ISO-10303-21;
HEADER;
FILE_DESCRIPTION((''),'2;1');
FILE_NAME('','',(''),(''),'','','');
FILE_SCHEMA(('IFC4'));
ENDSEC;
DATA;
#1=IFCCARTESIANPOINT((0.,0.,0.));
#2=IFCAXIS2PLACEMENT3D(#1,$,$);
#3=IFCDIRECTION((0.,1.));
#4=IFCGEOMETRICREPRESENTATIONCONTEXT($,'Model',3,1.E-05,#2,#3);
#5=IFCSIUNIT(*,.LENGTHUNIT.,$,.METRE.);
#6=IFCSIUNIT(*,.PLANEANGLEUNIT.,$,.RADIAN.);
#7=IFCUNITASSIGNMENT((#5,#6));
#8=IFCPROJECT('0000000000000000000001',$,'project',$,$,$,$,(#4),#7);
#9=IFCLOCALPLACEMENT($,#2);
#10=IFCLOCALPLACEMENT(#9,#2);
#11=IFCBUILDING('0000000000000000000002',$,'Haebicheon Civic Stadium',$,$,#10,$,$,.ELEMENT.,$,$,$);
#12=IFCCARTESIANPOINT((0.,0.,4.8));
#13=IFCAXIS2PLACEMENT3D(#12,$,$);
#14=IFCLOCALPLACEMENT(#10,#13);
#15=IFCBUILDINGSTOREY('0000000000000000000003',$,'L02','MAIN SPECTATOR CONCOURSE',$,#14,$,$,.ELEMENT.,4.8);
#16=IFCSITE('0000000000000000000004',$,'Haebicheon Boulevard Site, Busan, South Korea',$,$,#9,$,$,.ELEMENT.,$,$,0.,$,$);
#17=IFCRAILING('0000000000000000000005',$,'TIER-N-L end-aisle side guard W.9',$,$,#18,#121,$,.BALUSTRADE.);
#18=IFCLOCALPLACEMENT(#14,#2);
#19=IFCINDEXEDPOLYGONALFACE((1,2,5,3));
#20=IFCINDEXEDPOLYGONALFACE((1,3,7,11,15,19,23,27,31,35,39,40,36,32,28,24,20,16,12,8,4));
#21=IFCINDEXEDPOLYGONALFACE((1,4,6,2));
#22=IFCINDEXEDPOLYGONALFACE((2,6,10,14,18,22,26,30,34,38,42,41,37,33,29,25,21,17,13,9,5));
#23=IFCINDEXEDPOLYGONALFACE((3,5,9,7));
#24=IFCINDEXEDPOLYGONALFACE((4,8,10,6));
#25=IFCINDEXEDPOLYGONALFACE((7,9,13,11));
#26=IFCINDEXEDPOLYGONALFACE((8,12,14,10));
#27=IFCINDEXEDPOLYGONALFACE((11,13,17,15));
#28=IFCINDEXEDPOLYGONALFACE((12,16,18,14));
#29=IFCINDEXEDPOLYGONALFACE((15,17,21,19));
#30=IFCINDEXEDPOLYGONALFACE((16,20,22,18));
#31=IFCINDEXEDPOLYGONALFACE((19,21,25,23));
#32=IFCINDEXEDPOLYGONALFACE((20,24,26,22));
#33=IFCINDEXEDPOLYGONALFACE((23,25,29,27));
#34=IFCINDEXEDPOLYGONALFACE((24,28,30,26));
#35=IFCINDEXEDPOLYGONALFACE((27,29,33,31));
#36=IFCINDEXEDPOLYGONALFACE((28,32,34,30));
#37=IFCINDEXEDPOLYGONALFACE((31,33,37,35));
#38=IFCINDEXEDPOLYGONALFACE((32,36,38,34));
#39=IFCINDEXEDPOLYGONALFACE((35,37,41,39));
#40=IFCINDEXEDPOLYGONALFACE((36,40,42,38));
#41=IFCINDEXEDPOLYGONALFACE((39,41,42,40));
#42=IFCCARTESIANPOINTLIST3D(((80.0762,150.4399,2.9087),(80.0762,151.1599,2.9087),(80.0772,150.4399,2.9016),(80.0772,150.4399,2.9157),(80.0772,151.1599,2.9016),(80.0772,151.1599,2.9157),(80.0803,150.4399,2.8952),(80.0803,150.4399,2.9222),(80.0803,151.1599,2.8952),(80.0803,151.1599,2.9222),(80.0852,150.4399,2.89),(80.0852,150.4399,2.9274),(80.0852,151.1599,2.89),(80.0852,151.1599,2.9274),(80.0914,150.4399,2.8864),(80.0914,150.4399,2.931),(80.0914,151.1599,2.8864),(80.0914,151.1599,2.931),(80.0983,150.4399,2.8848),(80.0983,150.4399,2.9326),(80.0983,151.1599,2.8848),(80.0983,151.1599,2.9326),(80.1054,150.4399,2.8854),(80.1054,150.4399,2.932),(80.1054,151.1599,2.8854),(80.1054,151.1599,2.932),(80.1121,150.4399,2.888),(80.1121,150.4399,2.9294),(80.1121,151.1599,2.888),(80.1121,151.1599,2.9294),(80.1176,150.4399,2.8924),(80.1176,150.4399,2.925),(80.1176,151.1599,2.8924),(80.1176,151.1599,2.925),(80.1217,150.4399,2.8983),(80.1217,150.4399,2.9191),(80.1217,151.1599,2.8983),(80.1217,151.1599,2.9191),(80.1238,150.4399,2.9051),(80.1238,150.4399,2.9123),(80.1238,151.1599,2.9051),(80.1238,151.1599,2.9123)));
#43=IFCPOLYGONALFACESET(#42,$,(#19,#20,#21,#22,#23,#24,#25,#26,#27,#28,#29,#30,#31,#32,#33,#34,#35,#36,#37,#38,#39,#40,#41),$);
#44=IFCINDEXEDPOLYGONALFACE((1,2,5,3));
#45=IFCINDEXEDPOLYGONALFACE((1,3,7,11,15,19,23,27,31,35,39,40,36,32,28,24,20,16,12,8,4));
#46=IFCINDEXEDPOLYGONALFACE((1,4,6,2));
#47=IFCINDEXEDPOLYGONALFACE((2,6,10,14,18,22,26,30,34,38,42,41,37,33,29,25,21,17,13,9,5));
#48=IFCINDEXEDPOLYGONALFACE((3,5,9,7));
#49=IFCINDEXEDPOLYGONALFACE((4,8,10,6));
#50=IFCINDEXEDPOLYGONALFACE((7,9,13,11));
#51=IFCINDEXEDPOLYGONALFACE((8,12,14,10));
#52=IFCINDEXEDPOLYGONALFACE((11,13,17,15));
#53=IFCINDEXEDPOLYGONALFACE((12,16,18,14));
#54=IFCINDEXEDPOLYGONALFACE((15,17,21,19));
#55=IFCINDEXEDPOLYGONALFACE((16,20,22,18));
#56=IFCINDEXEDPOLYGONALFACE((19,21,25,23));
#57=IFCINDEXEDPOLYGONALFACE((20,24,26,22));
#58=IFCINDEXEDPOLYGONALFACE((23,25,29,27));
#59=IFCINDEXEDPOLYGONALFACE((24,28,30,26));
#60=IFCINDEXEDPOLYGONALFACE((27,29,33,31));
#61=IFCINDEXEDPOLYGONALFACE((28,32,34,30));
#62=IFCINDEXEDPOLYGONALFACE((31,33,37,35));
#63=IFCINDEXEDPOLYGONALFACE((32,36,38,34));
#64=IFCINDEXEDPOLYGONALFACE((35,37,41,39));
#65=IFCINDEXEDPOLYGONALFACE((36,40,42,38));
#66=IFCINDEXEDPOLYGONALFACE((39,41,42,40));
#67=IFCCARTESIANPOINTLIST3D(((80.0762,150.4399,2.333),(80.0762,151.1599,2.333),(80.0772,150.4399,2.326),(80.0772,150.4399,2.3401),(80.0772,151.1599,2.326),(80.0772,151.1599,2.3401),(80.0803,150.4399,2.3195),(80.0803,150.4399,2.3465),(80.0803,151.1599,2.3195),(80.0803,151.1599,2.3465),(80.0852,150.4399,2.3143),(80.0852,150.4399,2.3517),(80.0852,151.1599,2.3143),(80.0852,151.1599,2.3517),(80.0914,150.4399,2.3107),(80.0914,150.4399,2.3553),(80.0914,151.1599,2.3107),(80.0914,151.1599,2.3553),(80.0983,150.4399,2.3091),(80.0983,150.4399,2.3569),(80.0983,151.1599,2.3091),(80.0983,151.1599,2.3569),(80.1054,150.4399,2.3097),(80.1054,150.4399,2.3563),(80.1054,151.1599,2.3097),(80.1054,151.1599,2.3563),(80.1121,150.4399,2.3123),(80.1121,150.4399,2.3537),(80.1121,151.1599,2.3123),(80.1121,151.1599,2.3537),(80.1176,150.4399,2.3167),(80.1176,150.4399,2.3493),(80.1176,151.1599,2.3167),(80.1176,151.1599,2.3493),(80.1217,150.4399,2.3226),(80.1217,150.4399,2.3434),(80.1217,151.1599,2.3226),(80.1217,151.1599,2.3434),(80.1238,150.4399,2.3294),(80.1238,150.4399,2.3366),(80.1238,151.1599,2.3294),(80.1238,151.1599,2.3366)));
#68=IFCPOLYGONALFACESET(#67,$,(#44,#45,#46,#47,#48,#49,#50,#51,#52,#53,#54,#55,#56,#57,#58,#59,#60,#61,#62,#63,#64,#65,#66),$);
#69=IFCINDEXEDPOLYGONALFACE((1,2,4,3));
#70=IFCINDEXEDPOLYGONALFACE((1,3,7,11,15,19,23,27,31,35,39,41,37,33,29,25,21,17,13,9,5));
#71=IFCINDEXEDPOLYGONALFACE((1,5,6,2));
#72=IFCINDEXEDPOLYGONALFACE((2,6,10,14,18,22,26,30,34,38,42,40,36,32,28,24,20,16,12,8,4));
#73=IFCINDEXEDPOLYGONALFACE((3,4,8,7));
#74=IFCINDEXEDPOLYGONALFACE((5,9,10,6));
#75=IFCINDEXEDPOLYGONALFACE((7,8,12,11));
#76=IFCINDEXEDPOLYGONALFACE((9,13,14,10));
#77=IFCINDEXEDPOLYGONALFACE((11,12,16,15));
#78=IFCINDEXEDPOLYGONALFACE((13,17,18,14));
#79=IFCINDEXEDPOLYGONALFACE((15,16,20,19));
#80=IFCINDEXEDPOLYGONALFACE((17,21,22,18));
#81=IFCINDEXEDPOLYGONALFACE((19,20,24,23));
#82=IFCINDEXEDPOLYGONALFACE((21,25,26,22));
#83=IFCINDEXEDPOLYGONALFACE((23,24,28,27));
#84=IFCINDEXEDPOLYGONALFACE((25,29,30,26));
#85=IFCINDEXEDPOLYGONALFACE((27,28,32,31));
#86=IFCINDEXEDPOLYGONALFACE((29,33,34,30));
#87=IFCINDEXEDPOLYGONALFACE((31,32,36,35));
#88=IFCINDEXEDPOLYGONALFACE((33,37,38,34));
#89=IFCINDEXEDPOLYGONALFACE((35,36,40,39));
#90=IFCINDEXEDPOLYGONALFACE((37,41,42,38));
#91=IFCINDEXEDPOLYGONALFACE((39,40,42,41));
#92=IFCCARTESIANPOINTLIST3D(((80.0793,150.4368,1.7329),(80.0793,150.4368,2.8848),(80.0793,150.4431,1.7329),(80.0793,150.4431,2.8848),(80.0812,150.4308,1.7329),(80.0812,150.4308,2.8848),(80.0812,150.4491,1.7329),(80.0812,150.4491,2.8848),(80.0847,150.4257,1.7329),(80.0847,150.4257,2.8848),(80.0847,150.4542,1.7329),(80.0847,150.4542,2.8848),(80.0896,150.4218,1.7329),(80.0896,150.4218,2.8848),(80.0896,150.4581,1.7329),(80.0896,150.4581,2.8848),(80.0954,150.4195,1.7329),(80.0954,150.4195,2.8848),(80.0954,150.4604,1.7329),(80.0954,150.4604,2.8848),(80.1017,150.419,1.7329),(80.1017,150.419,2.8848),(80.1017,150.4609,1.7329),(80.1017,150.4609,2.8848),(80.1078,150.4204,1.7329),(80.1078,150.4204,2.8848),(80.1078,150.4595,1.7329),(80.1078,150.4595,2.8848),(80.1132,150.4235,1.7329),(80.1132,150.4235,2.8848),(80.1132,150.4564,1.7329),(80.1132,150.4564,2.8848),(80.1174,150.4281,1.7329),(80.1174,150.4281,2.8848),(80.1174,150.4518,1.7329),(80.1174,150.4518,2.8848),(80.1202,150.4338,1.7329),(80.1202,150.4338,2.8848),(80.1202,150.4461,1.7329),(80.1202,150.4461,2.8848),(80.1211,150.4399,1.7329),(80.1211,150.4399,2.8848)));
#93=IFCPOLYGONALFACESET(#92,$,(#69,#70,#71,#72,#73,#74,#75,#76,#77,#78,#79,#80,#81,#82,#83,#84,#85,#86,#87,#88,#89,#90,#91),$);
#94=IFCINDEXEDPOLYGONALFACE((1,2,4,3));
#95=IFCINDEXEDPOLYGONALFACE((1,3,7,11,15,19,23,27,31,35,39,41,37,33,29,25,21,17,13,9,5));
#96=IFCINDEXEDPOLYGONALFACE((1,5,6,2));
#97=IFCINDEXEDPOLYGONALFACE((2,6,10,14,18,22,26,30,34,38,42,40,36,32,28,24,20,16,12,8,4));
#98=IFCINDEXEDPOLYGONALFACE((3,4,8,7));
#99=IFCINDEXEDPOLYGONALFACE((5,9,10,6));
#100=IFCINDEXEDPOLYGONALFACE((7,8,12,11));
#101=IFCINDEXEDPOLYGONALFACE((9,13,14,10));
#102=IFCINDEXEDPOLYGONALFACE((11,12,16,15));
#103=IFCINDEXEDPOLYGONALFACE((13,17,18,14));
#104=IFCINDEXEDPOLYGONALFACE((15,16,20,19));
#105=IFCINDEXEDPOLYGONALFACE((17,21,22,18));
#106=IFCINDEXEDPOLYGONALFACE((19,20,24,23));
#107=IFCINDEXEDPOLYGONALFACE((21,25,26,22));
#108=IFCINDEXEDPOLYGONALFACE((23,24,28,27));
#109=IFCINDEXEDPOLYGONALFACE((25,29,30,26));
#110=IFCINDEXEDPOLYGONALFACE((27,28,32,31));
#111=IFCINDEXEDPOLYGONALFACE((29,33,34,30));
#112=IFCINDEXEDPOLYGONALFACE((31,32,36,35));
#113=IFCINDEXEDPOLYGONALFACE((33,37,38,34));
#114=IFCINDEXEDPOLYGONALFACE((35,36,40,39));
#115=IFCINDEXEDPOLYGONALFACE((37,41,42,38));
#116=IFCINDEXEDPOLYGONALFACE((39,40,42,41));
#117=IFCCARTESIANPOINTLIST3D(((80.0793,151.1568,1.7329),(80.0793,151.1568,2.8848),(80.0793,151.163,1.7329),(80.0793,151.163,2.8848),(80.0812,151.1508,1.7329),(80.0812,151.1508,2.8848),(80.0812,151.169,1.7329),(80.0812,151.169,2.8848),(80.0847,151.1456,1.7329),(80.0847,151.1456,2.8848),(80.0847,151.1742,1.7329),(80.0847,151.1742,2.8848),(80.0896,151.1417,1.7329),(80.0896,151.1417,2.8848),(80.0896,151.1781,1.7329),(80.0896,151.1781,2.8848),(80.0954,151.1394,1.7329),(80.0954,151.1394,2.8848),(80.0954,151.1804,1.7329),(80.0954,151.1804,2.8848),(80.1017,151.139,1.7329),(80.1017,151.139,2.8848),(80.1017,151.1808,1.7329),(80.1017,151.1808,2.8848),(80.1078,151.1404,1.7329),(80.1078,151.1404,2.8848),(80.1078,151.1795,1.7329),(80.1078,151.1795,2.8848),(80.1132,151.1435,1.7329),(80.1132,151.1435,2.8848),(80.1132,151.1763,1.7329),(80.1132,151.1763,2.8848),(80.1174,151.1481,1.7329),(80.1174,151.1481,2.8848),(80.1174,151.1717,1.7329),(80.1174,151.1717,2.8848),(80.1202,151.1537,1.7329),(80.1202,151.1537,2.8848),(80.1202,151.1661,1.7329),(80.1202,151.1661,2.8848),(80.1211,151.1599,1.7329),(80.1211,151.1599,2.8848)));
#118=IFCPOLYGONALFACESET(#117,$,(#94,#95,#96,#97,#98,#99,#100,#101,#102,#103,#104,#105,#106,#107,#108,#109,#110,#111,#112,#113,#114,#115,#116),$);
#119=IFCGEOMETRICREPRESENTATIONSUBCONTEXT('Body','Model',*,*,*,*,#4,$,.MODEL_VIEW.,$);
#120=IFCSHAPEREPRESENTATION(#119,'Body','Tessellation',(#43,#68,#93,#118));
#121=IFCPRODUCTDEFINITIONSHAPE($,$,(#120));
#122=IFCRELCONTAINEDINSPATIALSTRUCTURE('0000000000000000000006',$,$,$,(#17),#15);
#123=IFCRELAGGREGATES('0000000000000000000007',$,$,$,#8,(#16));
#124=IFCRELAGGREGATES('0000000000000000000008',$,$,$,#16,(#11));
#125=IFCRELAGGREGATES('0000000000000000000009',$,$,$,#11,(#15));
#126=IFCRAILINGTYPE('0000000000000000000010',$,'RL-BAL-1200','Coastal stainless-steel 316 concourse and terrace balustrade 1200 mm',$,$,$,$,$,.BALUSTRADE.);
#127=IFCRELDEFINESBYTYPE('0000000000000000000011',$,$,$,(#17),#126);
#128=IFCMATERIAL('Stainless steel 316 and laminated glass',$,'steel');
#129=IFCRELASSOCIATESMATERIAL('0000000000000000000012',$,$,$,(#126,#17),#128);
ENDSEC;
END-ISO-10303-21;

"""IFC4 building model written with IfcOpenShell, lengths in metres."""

from ifc_helpers import new_model, si_unit, direction, frame, origin, origin_2d, place, context, subcontext, project, spatial, circle, extrude, material, type_object, element, save


model = new_model("IFC4")

# Units and contexts
model_context = context("Model", 3, precision=1e-05, world=origin(), true_north=direction((0.0, 1.0)))
body_context = subcontext(model_context, "Body", "Model", "MODEL_VIEW")
ifc_project = project(units=[si_unit("LENGTHUNIT", "METRE"), si_unit("PLANEANGLEUNIT", "RADIAN")], contexts=[model_context])

# Site, building, storey
site_placement = place(None, origin())
site = spatial("IfcSite", under=ifc_project, at=site_placement, Name="Haebicheon Boulevard Site, Busan, South Korea", CompositionType="ELEMENT", RefElevation=0.0)
building_placement = place(site_placement, origin())
building = spatial("IfcBuilding", under=site, at=building_placement, Name="Haebicheon Civic Stadium", CompositionType="ELEMENT")
storey_placement = place(building_placement, frame((0.0, 0.0, 4.8)))
storey = spatial("IfcBuildingStorey", under=building, at=storey_placement, Name="L02", Description="MAIN SPECTATOR CONCOURSE", CompositionType="ELEMENT", Elevation=4.8)

# Railing
ifc_material_1 = material(Name="Stainless steel 316 and laminated glass", Category="steel")
railing_type_1 = type_object("IfcRailingType", Name="RL-BAL-1200", Description="Coastal stainless-steel 316 concourse and terrace balustrade 1200 mm", PredefinedType="BALUSTRADE", material=ifc_material_1)
for number, where, name in (
    (1, (80.1001, 150.4399, 1.7329), "TIER-N-L end-aisle side guard W.9"),
):
    element("IfcRailing", number, at=place(storey_placement, frame(where)), inside=storey, type_object=railing_type_1, material=ifc_material_1, Name=name, PredefinedType="BALUSTRADE", context=body_context, shape_type="SweptSolid", body=[
        extrude(circle(Radius=0.0239, at=origin_2d()), frame((0.0, 0.0, 1.1758), z_axis=(0.0, 1.0, 0.0), x_axis=(-1.0, 0.0, 0.0)), (0.0, 0.0, 1.0), 0.72),
        extrude(circle(Radius=0.0239, at=origin_2d()), frame((0.0, 0.0, 0.6001), z_axis=(0.0, 1.0, 0.0), x_axis=(-1.0, 0.0, 0.0)), (0.0, 0.0, 1.0), 0.72),
        extrude(circle(Radius=0.021, at=origin_2d()), origin(), (0.0, 0.0, 1.0), 1.1519),
        extrude(circle(Radius=0.021, at=origin_2d()), frame((0.0, 0.72, 0.0)), (0.0, 0.0, 1.0), 1.1519),
    ])

save(model, "model.ifc")
